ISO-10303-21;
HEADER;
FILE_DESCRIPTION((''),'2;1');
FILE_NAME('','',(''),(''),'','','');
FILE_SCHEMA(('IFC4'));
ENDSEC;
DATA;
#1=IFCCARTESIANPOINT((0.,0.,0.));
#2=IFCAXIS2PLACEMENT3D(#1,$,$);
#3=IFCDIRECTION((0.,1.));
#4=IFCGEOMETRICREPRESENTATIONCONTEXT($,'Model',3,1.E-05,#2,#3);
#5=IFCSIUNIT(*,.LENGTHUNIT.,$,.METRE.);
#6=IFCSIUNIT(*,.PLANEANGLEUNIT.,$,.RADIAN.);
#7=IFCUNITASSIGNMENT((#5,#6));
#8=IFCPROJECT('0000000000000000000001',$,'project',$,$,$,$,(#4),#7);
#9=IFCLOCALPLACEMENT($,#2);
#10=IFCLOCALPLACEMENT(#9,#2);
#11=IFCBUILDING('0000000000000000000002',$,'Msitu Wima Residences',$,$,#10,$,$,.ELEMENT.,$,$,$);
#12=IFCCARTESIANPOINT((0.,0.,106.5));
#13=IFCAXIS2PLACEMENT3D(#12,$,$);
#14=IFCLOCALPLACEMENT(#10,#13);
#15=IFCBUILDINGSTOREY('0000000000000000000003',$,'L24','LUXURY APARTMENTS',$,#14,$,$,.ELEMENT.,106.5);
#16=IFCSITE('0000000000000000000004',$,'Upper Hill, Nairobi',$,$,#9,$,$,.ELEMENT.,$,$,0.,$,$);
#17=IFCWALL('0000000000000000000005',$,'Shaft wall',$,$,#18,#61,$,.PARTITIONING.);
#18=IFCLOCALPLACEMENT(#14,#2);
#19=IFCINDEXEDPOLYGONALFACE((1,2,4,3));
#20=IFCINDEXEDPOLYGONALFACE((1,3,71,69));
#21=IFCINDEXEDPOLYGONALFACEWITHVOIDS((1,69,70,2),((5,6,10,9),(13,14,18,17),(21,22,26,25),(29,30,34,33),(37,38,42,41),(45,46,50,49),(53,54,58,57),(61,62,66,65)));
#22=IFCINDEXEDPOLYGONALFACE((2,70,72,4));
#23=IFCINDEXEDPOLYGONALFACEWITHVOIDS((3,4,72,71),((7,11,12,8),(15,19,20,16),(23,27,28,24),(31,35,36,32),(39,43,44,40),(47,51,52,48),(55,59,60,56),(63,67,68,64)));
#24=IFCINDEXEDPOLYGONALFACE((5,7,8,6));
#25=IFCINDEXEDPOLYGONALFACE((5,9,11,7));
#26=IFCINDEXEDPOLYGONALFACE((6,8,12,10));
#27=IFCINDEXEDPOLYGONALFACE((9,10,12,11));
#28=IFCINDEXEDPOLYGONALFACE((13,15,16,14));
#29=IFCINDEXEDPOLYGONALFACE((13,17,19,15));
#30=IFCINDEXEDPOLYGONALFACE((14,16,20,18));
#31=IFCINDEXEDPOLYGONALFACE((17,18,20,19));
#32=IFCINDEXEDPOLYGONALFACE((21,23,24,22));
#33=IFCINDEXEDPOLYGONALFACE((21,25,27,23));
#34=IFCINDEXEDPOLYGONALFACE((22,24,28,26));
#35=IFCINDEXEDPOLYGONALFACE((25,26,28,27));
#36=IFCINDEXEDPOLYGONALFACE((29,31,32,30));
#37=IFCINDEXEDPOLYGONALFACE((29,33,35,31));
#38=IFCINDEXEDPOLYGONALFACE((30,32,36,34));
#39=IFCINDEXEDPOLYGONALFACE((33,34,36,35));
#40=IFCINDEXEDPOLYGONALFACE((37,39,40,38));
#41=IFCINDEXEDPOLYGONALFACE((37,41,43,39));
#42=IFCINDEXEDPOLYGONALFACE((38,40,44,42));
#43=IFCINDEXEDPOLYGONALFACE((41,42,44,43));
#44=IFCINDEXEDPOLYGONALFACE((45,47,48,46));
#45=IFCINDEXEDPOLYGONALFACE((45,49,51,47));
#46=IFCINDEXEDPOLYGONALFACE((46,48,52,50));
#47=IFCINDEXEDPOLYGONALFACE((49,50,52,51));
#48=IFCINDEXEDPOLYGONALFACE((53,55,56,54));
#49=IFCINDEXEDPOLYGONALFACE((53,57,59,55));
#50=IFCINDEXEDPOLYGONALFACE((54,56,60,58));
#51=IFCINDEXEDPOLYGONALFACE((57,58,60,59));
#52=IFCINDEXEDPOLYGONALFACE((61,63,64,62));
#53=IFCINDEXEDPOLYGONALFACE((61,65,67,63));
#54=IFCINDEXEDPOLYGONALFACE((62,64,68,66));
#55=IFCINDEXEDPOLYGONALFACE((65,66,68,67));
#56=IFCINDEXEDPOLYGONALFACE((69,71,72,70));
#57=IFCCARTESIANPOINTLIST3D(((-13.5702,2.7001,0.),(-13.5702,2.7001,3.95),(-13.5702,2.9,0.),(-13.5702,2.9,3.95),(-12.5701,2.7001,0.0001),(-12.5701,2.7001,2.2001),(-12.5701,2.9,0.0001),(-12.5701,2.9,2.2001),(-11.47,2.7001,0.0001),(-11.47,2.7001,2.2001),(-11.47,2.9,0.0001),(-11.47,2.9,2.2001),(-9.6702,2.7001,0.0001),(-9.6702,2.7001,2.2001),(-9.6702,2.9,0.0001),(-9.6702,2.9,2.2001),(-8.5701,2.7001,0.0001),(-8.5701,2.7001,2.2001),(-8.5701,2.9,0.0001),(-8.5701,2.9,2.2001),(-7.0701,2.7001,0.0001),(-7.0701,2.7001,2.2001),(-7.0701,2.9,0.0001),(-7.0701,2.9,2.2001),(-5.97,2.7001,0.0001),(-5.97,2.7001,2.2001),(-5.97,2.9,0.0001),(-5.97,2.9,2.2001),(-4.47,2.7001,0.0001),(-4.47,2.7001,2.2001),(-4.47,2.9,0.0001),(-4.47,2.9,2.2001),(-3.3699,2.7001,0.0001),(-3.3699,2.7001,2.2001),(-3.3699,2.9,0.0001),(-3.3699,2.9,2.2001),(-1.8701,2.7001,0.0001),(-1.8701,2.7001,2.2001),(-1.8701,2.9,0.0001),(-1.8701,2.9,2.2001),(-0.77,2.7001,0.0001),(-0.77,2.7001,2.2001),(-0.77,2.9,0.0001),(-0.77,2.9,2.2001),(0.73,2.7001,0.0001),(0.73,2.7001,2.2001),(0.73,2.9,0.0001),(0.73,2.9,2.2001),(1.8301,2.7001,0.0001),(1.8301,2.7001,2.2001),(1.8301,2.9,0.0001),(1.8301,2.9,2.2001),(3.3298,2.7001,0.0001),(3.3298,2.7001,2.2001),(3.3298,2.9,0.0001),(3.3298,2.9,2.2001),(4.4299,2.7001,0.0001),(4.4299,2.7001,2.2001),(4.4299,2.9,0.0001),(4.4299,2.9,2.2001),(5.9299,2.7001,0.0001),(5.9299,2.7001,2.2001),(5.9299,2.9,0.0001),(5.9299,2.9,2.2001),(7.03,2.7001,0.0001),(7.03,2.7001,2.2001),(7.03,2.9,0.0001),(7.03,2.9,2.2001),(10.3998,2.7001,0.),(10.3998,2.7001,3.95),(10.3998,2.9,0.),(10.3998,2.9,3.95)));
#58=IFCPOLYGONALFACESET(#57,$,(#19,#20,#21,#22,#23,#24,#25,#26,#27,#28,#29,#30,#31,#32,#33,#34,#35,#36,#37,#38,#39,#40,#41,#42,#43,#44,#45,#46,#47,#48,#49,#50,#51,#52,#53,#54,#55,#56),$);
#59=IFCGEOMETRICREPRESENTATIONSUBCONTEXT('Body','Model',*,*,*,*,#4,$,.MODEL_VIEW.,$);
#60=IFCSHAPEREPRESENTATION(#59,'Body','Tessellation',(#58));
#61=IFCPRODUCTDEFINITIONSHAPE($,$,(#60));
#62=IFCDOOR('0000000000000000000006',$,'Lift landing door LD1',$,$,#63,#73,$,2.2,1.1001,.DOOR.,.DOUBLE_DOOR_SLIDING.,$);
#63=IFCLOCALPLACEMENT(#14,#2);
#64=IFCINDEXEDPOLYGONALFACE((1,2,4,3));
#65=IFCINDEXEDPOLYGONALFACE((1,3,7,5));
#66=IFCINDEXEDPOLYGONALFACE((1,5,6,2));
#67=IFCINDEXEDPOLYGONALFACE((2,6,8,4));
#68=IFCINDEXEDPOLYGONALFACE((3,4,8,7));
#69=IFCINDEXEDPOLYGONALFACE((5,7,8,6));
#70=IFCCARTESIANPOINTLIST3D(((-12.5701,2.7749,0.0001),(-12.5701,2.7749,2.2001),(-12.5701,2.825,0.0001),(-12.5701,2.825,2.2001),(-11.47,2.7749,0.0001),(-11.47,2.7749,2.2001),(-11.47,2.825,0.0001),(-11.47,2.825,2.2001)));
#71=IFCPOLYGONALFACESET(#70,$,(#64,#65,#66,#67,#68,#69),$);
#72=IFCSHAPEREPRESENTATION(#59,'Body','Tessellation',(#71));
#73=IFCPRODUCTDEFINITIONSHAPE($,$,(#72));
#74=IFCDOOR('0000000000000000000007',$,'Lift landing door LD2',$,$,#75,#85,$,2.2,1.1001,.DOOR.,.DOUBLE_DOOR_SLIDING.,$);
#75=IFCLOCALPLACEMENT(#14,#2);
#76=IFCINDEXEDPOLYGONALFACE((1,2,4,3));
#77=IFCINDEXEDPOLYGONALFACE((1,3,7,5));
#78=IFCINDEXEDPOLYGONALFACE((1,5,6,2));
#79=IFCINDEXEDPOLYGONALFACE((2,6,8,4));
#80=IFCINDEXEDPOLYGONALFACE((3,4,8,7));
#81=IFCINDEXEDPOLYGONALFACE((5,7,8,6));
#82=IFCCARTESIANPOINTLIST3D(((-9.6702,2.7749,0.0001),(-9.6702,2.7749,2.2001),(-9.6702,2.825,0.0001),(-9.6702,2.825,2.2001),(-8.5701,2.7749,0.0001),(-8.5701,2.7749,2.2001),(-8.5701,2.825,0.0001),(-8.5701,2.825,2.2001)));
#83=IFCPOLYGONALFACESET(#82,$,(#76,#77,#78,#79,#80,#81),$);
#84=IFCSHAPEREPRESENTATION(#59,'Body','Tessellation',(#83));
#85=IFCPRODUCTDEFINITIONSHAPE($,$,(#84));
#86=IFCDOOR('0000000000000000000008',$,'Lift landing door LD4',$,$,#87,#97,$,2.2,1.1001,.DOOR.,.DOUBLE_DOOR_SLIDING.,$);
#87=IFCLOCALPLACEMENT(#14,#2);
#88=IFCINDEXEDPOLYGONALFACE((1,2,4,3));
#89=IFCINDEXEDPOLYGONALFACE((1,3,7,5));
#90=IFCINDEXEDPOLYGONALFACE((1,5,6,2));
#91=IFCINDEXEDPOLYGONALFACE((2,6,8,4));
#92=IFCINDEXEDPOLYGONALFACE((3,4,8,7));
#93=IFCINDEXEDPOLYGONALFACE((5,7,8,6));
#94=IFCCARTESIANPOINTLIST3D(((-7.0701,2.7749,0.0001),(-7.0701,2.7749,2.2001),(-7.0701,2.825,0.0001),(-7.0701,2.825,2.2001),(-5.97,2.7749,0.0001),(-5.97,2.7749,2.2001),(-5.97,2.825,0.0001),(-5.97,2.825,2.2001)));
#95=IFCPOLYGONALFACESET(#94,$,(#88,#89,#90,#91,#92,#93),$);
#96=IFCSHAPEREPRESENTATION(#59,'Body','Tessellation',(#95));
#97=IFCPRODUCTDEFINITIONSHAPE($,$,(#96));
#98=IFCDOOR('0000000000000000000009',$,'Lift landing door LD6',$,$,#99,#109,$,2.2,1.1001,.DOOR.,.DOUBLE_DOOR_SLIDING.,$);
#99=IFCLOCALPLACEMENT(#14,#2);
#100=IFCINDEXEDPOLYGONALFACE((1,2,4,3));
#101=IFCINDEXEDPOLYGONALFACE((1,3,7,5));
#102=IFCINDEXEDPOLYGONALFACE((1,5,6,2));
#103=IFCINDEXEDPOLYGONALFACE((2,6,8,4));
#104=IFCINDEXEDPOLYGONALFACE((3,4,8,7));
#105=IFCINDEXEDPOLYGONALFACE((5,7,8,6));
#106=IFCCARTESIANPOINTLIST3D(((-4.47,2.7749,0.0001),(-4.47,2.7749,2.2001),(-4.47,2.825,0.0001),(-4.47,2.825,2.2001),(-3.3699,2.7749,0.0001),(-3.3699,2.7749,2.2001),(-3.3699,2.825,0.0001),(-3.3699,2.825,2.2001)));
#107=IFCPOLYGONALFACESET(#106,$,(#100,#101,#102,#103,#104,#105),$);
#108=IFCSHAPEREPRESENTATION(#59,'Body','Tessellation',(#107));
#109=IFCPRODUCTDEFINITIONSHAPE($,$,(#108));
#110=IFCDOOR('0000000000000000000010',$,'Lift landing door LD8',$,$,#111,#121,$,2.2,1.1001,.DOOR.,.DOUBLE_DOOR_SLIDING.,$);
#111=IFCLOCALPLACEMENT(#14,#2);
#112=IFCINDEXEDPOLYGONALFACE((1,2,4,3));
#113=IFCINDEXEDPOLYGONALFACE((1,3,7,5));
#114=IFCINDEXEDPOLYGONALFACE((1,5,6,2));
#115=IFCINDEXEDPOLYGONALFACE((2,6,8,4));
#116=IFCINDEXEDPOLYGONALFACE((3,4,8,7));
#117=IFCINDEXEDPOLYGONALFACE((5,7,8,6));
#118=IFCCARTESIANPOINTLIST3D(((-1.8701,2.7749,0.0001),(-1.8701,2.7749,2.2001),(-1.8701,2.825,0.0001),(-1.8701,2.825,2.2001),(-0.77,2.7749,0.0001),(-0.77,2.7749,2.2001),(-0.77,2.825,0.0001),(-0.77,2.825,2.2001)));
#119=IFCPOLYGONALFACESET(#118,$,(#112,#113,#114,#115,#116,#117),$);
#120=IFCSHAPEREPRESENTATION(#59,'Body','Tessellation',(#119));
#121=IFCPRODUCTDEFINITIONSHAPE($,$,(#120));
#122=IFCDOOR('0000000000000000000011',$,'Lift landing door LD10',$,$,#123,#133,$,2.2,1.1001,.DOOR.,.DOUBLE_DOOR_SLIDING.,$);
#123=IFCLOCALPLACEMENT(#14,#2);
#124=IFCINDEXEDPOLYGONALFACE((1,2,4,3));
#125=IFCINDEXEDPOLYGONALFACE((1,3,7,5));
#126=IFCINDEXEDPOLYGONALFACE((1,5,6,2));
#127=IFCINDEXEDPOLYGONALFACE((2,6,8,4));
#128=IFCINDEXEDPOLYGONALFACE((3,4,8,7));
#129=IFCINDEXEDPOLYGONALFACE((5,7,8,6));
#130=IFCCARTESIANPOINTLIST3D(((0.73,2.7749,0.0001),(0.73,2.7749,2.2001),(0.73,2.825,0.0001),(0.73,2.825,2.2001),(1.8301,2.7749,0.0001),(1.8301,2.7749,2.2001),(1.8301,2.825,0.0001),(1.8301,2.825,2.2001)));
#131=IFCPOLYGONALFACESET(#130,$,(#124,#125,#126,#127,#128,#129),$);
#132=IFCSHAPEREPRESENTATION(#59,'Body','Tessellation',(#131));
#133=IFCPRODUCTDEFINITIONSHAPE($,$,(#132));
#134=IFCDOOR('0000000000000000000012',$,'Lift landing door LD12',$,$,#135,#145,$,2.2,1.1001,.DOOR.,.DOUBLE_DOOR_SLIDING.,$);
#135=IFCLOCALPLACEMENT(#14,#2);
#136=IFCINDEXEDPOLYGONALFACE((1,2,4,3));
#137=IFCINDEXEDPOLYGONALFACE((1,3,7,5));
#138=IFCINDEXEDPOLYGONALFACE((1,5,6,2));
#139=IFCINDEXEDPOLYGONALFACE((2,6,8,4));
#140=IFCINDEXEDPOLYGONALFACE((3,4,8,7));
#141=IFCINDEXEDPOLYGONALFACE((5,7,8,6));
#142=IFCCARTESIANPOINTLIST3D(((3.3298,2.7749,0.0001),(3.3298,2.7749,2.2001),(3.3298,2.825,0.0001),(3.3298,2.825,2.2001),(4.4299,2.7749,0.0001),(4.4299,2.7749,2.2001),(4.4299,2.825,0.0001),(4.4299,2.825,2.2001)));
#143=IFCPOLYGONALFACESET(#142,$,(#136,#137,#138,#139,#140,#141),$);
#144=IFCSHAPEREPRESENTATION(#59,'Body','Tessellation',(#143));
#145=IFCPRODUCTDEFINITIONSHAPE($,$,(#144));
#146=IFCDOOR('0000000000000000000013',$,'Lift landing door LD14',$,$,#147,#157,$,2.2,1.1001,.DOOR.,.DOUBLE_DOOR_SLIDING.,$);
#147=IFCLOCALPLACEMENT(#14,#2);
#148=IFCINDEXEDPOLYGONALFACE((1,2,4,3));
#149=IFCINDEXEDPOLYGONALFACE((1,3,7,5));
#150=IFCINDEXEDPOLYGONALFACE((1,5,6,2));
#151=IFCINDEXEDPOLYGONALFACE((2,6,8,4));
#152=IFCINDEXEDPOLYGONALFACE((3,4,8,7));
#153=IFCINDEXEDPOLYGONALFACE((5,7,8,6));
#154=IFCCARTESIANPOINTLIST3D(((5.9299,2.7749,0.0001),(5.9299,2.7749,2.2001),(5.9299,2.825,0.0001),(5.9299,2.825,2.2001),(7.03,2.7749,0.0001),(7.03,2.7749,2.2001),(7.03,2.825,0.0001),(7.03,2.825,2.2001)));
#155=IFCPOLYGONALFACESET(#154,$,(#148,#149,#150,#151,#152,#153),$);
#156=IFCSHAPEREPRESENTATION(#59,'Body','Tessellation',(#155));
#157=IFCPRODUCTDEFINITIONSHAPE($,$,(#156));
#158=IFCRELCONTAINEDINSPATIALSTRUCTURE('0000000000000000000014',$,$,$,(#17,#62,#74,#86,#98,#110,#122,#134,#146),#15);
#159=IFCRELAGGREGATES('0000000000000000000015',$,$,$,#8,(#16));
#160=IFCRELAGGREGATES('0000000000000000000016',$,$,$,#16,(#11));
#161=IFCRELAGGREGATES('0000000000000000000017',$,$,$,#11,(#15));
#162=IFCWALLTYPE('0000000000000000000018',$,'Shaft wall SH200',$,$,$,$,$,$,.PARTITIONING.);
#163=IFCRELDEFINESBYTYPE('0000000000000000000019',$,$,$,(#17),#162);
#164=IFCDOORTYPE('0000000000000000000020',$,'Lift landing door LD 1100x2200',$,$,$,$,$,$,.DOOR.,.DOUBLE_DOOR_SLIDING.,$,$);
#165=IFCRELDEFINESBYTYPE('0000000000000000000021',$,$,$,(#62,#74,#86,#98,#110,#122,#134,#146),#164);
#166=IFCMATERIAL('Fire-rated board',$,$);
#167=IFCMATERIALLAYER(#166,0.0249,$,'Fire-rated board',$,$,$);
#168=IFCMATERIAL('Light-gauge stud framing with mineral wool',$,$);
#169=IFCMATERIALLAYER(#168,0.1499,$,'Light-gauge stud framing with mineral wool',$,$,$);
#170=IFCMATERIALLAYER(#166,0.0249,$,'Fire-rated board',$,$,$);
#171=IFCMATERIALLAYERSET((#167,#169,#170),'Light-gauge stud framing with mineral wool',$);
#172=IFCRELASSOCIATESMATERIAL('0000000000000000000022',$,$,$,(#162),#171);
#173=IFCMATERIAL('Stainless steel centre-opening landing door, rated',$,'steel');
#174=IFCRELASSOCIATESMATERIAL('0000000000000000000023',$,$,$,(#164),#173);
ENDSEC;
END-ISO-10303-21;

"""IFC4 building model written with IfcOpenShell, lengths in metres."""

from ifc_helpers import new_model, si_unit, direction, frame, frame_2d, origin, place, context, subcontext, project, spatial, rectangle, extrude, material, layer, layer_set, type_object, element, fill, save


model = new_model("IFC4")

# Units and contexts
model_context = context("Model", 3, precision=1e-05, world=origin(), true_north=direction((0.0, 1.0)))
body_context = subcontext(model_context, "Body", "Model", "MODEL_VIEW")
ifc_project = project(units=[si_unit("LENGTHUNIT", "METRE"), si_unit("PLANEANGLEUNIT", "RADIAN")], contexts=[model_context])

# Site, building, storey
site_placement = place(None, origin())
site = spatial("IfcSite", under=ifc_project, at=site_placement, Name="Upper Hill, Nairobi", CompositionType="ELEMENT", RefElevation=0.0)
building_placement = place(site_placement, origin())
building = spatial("IfcBuilding", under=site, at=building_placement, Name="Msitu Wima Residences", CompositionType="ELEMENT")
storey_placement = place(building_placement, frame((0.0, 0.0, 106.5)))
storey = spatial("IfcBuildingStorey", under=building, at=storey_placement, Name="L24", Description="LUXURY APARTMENTS", CompositionType="ELEMENT", Elevation=106.5)

# Wall, openings, doors
ifc_material_1 = material(Name="Fire-rated board")
ifc_layer_1 = layer(ifc_material_1, 0.0249, Name="Fire-rated board")
ifc_material_2 = material(Name="Light-gauge stud framing with mineral wool")
ifc_layer_2 = layer(ifc_material_2, 0.1499, Name="Light-gauge stud framing with mineral wool")
ifc_layer_3 = layer(ifc_material_1, 0.0249, Name="Fire-rated board")
ifc_layer_set_1 = layer_set([ifc_layer_1, ifc_layer_2, ifc_layer_3], Name="Light-gauge stud framing with mineral wool")
wall_type_1 = type_object("IfcWallType", Name="Shaft wall SH200", PredefinedType="PARTITIONING", material=ifc_layer_set_1)
wall_1_placement = place(storey_placement, frame((-13.5701, 2.8, 0.0), z_axis=(0.0, 0.0, 1.0), x_axis=(1.0, 0.0, 0.0)))
wall_1 = element("IfcWall", 1, at=wall_1_placement, inside=storey, type_object=wall_type_1, Name="Shaft wall", PredefinedType="PARTITIONING", context=body_context, shape_type="SweptSolid", body=[
    extrude(rectangle(XDim=23.97, YDim=0.2, at=frame_2d((11.9849, 0.0))), origin(), (0.0, 0.0, 1.0), 3.95),
])
opening_1_placement = place(wall_1_placement, frame((1.0, 0.0, 0.0)))
opening_1 = element("IfcOpeningElement", 2, at=opening_1_placement, cuts=wall_1, PredefinedType="OPENING", context=body_context, shape_type="SweptSolid", body=[
    extrude(rectangle(XDim=1.1001, YDim=2.2, at=frame_2d((0.55, 1.1001))), frame((0.0, 0.1099, 0.0), z_axis=(0.0, -1.0, 0.0), x_axis=(1.0, 0.0, 0.0)), (0.0, 0.0, 1.0), 0.22),
])
opening_2_placement = place(wall_1_placement, frame((3.8999, 0.0, 0.0)))
opening_2 = element("IfcOpeningElement", 3, at=opening_2_placement, cuts=wall_1, PredefinedType="OPENING", context=body_context, shape_type="SweptSolid", body=[
    extrude(rectangle(XDim=1.1001, YDim=2.2, at=frame_2d((0.55, 1.1001))), frame((0.0, 0.1099, 0.0), z_axis=(0.0, -1.0, 0.0), x_axis=(1.0, 0.0, 0.0)), (0.0, 0.0, 1.0), 0.22),
])
opening_3_placement = place(wall_1_placement, frame((6.5, 0.0, 0.0)))
opening_3 = element("IfcOpeningElement", 4, at=opening_3_placement, cuts=wall_1, PredefinedType="OPENING", context=body_context, shape_type="SweptSolid", body=[
    extrude(rectangle(XDim=1.1001, YDim=2.2, at=frame_2d((0.55, 1.1001))), frame((0.0, 0.1099, 0.0), z_axis=(0.0, -1.0, 0.0), x_axis=(1.0, 0.0, 0.0)), (0.0, 0.0, 1.0), 0.22),
])
opening_4_placement = place(wall_1_placement, frame((9.1001, 0.0, 0.0)))
opening_4 = element("IfcOpeningElement", 5, at=opening_4_placement, cuts=wall_1, PredefinedType="OPENING", context=body_context, shape_type="SweptSolid", body=[
    extrude(rectangle(XDim=1.1001, YDim=2.2, at=frame_2d((0.55, 1.1001))), frame((0.0, 0.1099, 0.0), z_axis=(0.0, -1.0, 0.0), x_axis=(1.0, 0.0, 0.0)), (0.0, 0.0, 1.0), 0.22),
])
opening_5_placement = place(wall_1_placement, frame((11.7, 0.0, 0.0)))
opening_5 = element("IfcOpeningElement", 6, at=opening_5_placement, cuts=wall_1, PredefinedType="OPENING", context=body_context, shape_type="SweptSolid", body=[
    extrude(rectangle(XDim=1.1001, YDim=2.2, at=frame_2d((0.55, 1.1001))), frame((0.0, 0.1099, 0.0), z_axis=(0.0, -1.0, 0.0), x_axis=(1.0, 0.0, 0.0)), (0.0, 0.0, 1.0), 0.22),
])
opening_6_placement = place(wall_1_placement, frame((14.3, 0.0, 0.0)))
opening_6 = element("IfcOpeningElement", 7, at=opening_6_placement, cuts=wall_1, PredefinedType="OPENING", context=body_context, shape_type="SweptSolid", body=[
    extrude(rectangle(XDim=1.1001, YDim=2.2, at=frame_2d((0.55, 1.1001))), frame((0.0, 0.1099, 0.0), z_axis=(0.0, -1.0, 0.0), x_axis=(1.0, 0.0, 0.0)), (0.0, 0.0, 1.0), 0.22),
])
opening_7_placement = place(wall_1_placement, frame((16.8999, 0.0, 0.0)))
opening_7 = element("IfcOpeningElement", 8, at=opening_7_placement, cuts=wall_1, PredefinedType="OPENING", context=body_context, shape_type="SweptSolid", body=[
    extrude(rectangle(XDim=1.1001, YDim=2.2, at=frame_2d((0.55, 1.1001))), frame((0.0, 0.1099, 0.0), z_axis=(0.0, -1.0, 0.0), x_axis=(1.0, 0.0, 0.0)), (0.0, 0.0, 1.0), 0.22),
])
opening_8_placement = place(wall_1_placement, frame((19.5, 0.0, 0.0)))
opening_8 = element("IfcOpeningElement", 9, at=opening_8_placement, cuts=wall_1, PredefinedType="OPENING", context=body_context, shape_type="SweptSolid", body=[
    extrude(rectangle(XDim=1.1001, YDim=2.2, at=frame_2d((0.55, 1.1001))), frame((0.0, 0.1099, 0.0), z_axis=(0.0, -1.0, 0.0), x_axis=(1.0, 0.0, 0.0)), (0.0, 0.0, 1.0), 0.22),
])
ifc_material_3 = material(Name="Stainless steel centre-opening landing door, rated", Category="steel")
door_type_1 = type_object("IfcDoorType", Name="Lift landing door LD 1100x2200", OperationType="DOUBLE_DOOR_SLIDING", PredefinedType="DOOR", material=ifc_material_3)
door_1_placement = place(opening_1_placement, origin())
door_1 = element("IfcDoor", 10, at=door_1_placement, inside=storey, type_object=door_type_1, Name="Lift landing door LD1", OperationType="DOUBLE_DOOR_SLIDING", OverallHeight=2.2, OverallWidth=1.1001, PredefinedType="DOOR", context=body_context, shape_type="SweptSolid", body=[
    extrude(rectangle(XDim=1.1001, YDim=2.2, at=frame_2d((0.55, 1.1001))), frame((0.0, 0.0249, 0.0), z_axis=(0.0, -1.0, 0.0), x_axis=(1.0, 0.0, 0.0)), (0.0, 0.0, 1.0), 0.05),
])
fill(opening_1, door_1)
door_2_placement = place(opening_2_placement, origin())
door_2 = element("IfcDoor", 11, at=door_2_placement, inside=storey, type_object=door_type_1, Name="Lift landing door LD2", OperationType="DOUBLE_DOOR_SLIDING", OverallHeight=2.2, OverallWidth=1.1001, PredefinedType="DOOR", context=body_context, shape_type="SweptSolid", body=[
    extrude(rectangle(XDim=1.1001, YDim=2.2, at=frame_2d((0.55, 1.1001))), frame((0.0, 0.0249, 0.0), z_axis=(0.0, -1.0, 0.0), x_axis=(1.0, 0.0, 0.0)), (0.0, 0.0, 1.0), 0.05),
])
fill(opening_2, door_2)
door_3_placement = place(opening_3_placement, origin())
door_3 = element("IfcDoor", 12, at=door_3_placement, inside=storey, type_object=door_type_1, Name="Lift landing door LD4", OperationType="DOUBLE_DOOR_SLIDING", OverallHeight=2.2, OverallWidth=1.1001, PredefinedType="DOOR", context=body_context, shape_type="SweptSolid", body=[
    extrude(rectangle(XDim=1.1001, YDim=2.2, at=frame_2d((0.55, 1.1001))), frame((0.0, 0.0249, 0.0), z_axis=(0.0, -1.0, 0.0), x_axis=(1.0, 0.0, 0.0)), (0.0, 0.0, 1.0), 0.05),
])
fill(opening_3, door_3)
door_4_placement = place(opening_4_placement, origin())
door_4 = element("IfcDoor", 13, at=door_4_placement, inside=storey, type_object=door_type_1, Name="Lift landing door LD6", OperationType="DOUBLE_DOOR_SLIDING", OverallHeight=2.2, OverallWidth=1.1001, PredefinedType="DOOR", context=body_context, shape_type="SweptSolid", body=[
    extrude(rectangle(XDim=1.1001, YDim=2.2, at=frame_2d((0.55, 1.1001))), frame((0.0, 0.0249, 0.0), z_axis=(0.0, -1.0, 0.0), x_axis=(1.0, 0.0, 0.0)), (0.0, 0.0, 1.0), 0.05),
])
fill(opening_4, door_4)
door_5_placement = place(opening_5_placement, origin())
door_5 = element("IfcDoor", 14, at=door_5_placement, inside=storey, type_object=door_type_1, Name="Lift landing door LD8", OperationType="DOUBLE_DOOR_SLIDING", OverallHeight=2.2, OverallWidth=1.1001, PredefinedType="DOOR", context=body_context, shape_type="SweptSolid", body=[
    extrude(rectangle(XDim=1.1001, YDim=2.2, at=frame_2d((0.55, 1.1001))), frame((0.0, 0.0249, 0.0), z_axis=(0.0, -1.0, 0.0), x_axis=(1.0, 0.0, 0.0)), (0.0, 0.0, 1.0), 0.05),
])
fill(opening_5, door_5)
door_6_placement = place(opening_6_placement, origin())
door_6 = element("IfcDoor", 15, at=door_6_placement, inside=storey, type_object=door_type_1, Name="Lift landing door LD10", OperationType="DOUBLE_DOOR_SLIDING", OverallHeight=2.2, OverallWidth=1.1001, PredefinedType="DOOR", context=body_context, shape_type="SweptSolid", body=[
    extrude(rectangle(XDim=1.1001, YDim=2.2, at=frame_2d((0.55, 1.1001))), frame((0.0, 0.0249, 0.0), z_axis=(0.0, -1.0, 0.0), x_axis=(1.0, 0.0, 0.0)), (0.0, 0.0, 1.0), 0.05),
])
fill(opening_6, door_6)
door_7_placement = place(opening_7_placement, origin())
door_7 = element("IfcDoor", 16, at=door_7_placement, inside=storey, type_object=door_type_1, Name="Lift landing door LD12", OperationType="DOUBLE_DOOR_SLIDING", OverallHeight=2.2, OverallWidth=1.1001, PredefinedType="DOOR", context=body_context, shape_type="SweptSolid", body=[
    extrude(rectangle(XDim=1.1001, YDim=2.2, at=frame_2d((0.55, 1.1001))), frame((0.0, 0.0249, 0.0), z_axis=(0.0, -1.0, 0.0), x_axis=(1.0, 0.0, 0.0)), (0.0, 0.0, 1.0), 0.05),
])
fill(opening_7, door_7)
door_8_placement = place(opening_8_placement, origin())
door_8 = element("IfcDoor", 17, at=door_8_placement, inside=storey, type_object=door_type_1, Name="Lift landing door LD14", OperationType="DOUBLE_DOOR_SLIDING", OverallHeight=2.2, OverallWidth=1.1001, PredefinedType="DOOR", context=body_context, shape_type="SweptSolid", body=[
    extrude(rectangle(XDim=1.1001, YDim=2.2, at=frame_2d((0.55, 1.1001))), frame((0.0, 0.0249, 0.0), z_axis=(0.0, -1.0, 0.0), x_axis=(1.0, 0.0, 0.0)), (0.0, 0.0, 1.0), 0.05),
])
fill(opening_8, door_8)

save(model, "model.ifc")
